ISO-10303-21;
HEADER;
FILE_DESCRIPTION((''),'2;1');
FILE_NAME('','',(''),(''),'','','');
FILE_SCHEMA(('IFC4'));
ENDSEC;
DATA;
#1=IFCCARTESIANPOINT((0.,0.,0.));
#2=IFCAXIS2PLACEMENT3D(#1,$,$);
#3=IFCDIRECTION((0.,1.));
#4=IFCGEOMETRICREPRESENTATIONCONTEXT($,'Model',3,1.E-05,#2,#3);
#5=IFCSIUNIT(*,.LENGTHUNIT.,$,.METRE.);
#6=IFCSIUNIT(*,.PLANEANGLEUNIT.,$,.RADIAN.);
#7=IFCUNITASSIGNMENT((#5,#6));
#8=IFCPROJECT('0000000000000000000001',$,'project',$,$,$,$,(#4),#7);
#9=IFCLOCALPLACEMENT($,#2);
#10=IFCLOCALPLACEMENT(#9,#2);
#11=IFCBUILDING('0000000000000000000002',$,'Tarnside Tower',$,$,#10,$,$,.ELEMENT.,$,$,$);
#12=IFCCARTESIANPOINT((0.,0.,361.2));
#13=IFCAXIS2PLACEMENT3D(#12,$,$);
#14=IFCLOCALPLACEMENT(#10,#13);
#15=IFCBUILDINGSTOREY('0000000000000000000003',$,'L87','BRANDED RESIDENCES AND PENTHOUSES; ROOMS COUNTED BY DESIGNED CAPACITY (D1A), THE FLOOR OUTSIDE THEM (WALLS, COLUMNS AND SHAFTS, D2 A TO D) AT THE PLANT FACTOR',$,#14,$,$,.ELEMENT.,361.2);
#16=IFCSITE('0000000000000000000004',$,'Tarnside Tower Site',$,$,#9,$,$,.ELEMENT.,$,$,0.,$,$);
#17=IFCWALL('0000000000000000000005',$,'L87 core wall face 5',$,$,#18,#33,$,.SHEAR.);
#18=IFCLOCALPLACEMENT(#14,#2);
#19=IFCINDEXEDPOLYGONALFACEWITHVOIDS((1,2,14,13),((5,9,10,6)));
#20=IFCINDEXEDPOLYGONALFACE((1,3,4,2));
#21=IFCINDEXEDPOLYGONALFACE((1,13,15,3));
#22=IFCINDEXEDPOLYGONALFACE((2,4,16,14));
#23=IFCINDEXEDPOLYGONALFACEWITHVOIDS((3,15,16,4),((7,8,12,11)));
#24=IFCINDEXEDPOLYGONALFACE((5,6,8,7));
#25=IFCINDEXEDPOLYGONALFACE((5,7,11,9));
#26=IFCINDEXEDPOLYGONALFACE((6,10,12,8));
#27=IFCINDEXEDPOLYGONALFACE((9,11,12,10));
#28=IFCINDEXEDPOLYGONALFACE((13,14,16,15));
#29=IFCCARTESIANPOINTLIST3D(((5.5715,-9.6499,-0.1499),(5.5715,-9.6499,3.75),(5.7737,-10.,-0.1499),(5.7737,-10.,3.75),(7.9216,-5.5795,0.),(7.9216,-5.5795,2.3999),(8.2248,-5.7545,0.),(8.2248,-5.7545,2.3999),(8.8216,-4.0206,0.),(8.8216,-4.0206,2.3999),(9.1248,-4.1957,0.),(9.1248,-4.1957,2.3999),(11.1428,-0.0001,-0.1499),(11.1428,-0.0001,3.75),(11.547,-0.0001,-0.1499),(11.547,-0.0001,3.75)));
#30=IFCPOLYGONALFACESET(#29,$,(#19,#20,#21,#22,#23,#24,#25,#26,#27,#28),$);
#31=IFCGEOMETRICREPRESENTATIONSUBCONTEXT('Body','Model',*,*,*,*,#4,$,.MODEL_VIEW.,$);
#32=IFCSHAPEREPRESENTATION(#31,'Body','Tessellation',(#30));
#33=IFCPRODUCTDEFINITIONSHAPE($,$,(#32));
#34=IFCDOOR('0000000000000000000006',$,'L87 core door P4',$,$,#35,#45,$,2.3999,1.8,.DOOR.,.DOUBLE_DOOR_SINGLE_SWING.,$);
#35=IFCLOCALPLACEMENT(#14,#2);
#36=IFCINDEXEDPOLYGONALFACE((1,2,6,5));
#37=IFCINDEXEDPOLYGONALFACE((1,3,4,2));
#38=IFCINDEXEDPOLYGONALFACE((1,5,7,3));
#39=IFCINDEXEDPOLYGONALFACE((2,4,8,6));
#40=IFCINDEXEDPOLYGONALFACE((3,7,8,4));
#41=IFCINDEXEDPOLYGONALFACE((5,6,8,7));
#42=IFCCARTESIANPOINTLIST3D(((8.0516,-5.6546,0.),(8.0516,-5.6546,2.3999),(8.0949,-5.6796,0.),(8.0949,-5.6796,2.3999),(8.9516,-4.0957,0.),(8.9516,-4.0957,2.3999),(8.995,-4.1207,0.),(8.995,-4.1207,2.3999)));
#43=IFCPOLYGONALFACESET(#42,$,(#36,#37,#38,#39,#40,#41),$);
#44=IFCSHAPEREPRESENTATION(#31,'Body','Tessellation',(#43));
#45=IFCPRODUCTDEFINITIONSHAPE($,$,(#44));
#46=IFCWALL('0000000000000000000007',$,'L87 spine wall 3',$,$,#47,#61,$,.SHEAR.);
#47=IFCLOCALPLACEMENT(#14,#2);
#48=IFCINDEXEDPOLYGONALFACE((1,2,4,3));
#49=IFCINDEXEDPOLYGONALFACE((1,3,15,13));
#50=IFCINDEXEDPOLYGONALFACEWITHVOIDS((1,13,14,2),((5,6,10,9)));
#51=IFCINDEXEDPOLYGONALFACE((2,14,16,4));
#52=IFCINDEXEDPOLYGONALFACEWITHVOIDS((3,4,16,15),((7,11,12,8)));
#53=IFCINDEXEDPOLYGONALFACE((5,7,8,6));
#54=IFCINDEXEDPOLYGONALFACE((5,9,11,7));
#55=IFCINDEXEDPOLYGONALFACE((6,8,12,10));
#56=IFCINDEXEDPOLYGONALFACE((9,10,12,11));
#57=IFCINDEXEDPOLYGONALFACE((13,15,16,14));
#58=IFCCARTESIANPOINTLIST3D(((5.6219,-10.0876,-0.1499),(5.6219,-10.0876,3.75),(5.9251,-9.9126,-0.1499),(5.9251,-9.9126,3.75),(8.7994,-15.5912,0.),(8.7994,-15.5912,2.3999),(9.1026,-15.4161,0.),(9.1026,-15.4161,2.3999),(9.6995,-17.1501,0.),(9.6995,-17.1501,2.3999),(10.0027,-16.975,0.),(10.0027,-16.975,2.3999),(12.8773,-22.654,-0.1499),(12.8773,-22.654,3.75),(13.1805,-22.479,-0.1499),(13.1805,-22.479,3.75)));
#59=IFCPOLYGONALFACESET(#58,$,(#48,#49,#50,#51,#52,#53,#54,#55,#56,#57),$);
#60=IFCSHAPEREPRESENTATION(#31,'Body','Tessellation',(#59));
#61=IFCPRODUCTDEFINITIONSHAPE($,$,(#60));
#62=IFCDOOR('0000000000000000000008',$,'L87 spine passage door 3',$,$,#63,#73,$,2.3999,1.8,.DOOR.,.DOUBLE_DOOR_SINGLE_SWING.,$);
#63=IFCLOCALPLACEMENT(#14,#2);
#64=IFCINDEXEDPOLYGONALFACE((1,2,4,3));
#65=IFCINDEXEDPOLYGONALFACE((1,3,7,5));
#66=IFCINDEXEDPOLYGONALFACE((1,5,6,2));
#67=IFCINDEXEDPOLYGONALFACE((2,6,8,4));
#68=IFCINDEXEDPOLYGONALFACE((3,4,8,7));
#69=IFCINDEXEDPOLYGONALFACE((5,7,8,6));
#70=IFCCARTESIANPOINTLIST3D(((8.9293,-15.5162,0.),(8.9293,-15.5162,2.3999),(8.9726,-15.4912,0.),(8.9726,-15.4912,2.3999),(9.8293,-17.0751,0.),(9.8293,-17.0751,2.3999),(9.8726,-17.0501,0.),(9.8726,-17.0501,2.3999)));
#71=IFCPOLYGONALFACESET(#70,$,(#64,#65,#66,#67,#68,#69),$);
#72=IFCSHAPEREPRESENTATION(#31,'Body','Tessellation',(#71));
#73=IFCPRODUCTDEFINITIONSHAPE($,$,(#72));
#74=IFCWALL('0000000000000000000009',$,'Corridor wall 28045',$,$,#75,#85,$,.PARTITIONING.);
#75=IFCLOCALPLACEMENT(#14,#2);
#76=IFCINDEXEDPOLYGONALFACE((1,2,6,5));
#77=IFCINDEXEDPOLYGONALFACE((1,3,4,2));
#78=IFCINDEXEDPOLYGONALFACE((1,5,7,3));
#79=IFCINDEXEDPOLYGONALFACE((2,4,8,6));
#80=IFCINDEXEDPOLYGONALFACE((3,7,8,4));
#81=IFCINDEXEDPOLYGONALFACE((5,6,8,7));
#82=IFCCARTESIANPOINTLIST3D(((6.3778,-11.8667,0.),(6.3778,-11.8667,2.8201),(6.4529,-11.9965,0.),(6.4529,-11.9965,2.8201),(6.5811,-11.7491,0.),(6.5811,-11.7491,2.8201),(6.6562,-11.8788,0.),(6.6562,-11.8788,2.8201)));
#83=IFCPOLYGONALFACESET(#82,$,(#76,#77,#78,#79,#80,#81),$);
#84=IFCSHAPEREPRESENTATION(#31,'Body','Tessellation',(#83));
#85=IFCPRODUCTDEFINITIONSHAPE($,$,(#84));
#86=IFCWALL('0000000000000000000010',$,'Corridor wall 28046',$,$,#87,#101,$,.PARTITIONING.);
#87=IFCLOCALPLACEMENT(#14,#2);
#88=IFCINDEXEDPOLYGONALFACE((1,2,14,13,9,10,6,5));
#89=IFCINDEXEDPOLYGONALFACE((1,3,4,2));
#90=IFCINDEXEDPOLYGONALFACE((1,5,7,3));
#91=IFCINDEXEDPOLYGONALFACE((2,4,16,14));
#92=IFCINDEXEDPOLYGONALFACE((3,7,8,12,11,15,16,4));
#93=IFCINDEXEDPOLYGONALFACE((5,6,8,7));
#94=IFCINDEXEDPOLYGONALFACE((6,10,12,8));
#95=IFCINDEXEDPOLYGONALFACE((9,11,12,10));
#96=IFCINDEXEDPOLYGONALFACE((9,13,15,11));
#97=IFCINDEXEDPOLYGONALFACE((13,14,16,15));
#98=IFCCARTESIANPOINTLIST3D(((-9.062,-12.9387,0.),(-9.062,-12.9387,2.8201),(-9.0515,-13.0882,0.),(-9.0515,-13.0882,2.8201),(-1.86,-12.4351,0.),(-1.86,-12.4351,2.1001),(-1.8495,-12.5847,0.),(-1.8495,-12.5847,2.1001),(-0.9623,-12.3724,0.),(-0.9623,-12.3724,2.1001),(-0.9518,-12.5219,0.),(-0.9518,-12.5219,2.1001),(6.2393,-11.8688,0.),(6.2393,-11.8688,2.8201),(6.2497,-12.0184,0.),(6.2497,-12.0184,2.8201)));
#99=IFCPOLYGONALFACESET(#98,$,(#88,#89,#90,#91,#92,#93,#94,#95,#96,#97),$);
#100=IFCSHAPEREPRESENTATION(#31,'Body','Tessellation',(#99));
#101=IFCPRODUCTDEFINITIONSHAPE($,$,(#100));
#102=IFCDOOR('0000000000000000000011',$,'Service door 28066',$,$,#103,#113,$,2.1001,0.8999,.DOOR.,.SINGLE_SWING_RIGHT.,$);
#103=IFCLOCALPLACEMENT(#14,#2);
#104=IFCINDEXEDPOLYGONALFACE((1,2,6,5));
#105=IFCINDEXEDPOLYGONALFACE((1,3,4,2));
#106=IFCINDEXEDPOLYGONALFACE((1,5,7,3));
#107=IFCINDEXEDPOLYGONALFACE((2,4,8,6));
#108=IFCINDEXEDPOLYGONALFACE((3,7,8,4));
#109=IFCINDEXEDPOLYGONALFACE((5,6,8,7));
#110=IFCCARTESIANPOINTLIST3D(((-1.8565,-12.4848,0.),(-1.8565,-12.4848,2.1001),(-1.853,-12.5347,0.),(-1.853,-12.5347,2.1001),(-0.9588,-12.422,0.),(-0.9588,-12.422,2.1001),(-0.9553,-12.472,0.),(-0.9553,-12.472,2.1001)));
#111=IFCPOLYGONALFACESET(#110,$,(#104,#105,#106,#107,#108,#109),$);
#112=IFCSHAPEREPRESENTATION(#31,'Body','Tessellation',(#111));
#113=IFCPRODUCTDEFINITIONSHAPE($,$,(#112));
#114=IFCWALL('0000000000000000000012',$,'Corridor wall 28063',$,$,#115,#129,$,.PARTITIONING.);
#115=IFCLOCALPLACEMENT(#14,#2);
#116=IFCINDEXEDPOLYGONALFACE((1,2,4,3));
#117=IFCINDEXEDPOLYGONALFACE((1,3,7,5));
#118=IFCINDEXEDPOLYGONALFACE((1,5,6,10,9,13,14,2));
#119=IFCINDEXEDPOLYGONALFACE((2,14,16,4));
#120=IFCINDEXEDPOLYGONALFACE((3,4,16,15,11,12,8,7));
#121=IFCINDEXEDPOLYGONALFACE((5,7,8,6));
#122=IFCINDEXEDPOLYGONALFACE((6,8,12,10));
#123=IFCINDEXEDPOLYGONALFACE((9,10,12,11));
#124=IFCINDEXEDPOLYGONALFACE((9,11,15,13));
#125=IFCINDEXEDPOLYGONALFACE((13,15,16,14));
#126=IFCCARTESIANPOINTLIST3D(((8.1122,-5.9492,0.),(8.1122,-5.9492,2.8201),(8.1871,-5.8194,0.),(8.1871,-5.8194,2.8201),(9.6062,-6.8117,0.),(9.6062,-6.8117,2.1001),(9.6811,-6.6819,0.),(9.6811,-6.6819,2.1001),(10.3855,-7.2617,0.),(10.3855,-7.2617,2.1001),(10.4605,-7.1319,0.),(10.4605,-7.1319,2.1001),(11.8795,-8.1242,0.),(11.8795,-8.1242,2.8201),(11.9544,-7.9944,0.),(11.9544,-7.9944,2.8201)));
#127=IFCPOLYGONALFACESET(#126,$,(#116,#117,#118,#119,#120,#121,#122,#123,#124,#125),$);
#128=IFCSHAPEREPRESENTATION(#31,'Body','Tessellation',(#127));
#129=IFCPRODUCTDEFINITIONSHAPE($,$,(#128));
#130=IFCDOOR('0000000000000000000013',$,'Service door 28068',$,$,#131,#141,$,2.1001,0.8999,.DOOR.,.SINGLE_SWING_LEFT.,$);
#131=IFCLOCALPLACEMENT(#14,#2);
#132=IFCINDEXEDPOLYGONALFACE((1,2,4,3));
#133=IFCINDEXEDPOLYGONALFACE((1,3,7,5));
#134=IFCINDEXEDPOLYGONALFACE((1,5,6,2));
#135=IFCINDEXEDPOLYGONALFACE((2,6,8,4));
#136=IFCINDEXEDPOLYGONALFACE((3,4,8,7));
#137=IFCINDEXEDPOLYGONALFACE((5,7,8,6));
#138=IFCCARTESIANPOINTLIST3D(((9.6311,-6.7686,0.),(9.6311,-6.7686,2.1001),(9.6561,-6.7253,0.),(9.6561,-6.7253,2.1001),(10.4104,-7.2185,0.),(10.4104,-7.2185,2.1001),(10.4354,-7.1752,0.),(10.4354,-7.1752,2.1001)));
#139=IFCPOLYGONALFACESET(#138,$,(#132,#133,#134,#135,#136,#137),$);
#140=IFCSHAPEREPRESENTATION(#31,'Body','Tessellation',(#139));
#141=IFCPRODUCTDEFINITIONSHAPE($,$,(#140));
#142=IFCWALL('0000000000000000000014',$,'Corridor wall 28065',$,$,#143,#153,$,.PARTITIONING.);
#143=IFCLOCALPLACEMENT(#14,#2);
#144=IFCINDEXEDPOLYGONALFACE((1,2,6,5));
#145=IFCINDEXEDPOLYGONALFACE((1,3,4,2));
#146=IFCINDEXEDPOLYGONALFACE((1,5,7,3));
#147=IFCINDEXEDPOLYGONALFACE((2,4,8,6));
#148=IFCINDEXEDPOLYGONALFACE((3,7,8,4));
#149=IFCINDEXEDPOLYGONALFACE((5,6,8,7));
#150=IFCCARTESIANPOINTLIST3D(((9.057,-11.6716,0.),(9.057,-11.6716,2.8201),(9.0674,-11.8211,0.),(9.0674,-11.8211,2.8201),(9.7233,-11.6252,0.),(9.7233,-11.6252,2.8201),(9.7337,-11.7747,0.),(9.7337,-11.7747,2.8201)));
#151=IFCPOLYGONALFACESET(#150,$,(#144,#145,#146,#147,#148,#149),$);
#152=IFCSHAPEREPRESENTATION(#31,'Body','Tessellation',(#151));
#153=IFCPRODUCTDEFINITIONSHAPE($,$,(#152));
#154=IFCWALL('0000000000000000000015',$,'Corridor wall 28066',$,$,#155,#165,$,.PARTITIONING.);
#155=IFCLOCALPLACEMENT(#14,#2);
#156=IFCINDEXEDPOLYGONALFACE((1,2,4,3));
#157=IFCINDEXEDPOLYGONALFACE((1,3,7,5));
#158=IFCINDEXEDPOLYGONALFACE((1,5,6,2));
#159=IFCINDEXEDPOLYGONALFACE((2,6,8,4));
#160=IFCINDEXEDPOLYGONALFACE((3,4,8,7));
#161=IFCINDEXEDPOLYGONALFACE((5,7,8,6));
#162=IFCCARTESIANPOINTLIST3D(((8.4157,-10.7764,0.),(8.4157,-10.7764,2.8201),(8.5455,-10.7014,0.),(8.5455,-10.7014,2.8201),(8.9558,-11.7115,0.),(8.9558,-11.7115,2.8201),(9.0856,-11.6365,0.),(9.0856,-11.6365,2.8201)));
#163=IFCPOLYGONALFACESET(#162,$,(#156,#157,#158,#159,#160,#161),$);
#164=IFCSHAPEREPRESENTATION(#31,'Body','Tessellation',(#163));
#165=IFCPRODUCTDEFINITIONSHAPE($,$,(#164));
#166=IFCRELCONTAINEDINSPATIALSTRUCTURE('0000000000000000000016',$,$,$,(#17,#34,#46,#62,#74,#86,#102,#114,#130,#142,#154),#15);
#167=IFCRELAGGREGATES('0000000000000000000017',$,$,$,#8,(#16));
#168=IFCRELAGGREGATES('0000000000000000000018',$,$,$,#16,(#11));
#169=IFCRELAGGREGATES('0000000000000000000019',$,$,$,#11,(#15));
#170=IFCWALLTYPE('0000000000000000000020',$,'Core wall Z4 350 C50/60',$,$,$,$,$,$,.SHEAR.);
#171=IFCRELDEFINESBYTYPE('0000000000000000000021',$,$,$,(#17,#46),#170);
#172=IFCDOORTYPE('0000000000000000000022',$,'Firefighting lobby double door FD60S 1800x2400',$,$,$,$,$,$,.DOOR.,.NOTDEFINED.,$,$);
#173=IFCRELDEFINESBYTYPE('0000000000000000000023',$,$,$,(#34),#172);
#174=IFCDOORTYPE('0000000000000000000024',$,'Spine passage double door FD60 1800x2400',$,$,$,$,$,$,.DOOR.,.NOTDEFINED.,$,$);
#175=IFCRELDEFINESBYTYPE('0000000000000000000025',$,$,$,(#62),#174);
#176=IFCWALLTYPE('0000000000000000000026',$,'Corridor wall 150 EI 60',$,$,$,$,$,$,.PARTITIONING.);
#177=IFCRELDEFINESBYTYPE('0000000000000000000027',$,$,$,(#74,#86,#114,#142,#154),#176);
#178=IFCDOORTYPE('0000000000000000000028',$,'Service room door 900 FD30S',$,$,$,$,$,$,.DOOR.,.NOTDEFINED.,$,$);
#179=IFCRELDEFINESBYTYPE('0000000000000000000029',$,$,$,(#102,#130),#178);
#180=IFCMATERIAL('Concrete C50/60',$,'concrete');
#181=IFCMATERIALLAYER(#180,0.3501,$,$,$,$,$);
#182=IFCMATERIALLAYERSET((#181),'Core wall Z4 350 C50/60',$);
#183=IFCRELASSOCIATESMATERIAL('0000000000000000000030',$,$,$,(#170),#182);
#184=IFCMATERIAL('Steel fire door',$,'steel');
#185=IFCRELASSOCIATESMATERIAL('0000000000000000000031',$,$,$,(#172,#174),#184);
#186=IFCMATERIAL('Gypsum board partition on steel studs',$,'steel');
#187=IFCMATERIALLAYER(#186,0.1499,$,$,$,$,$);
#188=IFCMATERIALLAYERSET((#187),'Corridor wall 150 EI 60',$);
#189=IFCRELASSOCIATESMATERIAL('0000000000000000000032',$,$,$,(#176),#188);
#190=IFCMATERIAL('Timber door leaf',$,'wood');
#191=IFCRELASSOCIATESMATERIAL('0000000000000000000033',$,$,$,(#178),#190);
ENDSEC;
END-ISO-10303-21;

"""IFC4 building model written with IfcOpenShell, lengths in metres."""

from ifc_helpers import new_model, si_unit, direction, frame, frame_2d, origin, place, context, subcontext, project, spatial, polyline, rectangle, outline, extrude, material, layer, layer_set, type_object, element, fill, save


model = new_model("IFC4")

# Units and contexts
model_context = context("Model", 3, precision=1e-05, world=origin(), true_north=direction((0.0, 1.0)))
body_context = subcontext(model_context, "Body", "Model", "MODEL_VIEW")
ifc_project = project(units=[si_unit("LENGTHUNIT", "METRE"), si_unit("PLANEANGLEUNIT", "RADIAN")], contexts=[model_context])

# Site, building, storey
site_placement = place(None, origin())
site = spatial("IfcSite", under=ifc_project, at=site_placement, Name="Tarnside Tower Site", CompositionType="ELEMENT", RefElevation=0.0)
building_placement = place(site_placement, origin())
building = spatial("IfcBuilding", under=site, at=building_placement, Name="Tarnside Tower", CompositionType="ELEMENT")
storey_placement = place(building_placement, frame((0.0, 0.0, 361.2)))
storey = spatial("IfcBuildingStorey", under=building, at=storey_placement, Name="L87", Description="BRANDED RESIDENCES AND PENTHOUSES; ROOMS COUNTED BY DESIGNED CAPACITY (D1A), THE FLOOR OUTSIDE THEM (WALLS, COLUMNS AND SHAFTS, D2 A TO D) AT THE PLANT FACTOR", CompositionType="ELEMENT", Elevation=361.2)

# Shared definitions
ifc_material_1 = material(Name="Steel fire door", Category="steel")

# Walls, openings, doors
ifc_material_2 = material(Name="Concrete C50/60", Category="concrete")
ifc_layer_1 = layer(ifc_material_2, 0.3501)
ifc_layer_set_1 = layer_set([ifc_layer_1], Name="Core wall Z4 350 C50/60")
wall_type_1 = type_object("IfcWallType", Name="Core wall Z4 350 C50/60", PredefinedType="SHEAR", material=ifc_layer_set_1)
wall_1_placement = place(storey_placement, frame((5.6726, -9.825, -0.1499), z_axis=(0.0, 0.0, 1.0), x_axis=(0.499995, 0.866028, 0.0)))
wall_1 = element("IfcWall", 1, at=wall_1_placement, inside=storey, type_object=wall_type_1, Name="L87 core wall face 5", PredefinedType="SHEAR", context=body_context, shape_type="SweptSolid", body=[
    extrude(outline(polyline([(-0.1011, -0.175), (11.4458, -0.175), (11.2437, 0.175), (0.1011, 0.175), (-0.1011, -0.175)])), origin(), (0.0, 0.0, 1.0), 3.8999),
])
opening_1_placement = place(wall_1_placement, frame((4.8013, 0.0, 0.1499)))
opening_1 = element("IfcOpeningElement", 2, at=opening_1_placement, cuts=wall_1, PredefinedType="OPENING", context=body_context, shape_type="SweptSolid", body=[
    extrude(rectangle(XDim=1.8, YDim=2.3999, at=frame_2d((0.8999, 1.2))), frame((0.0, 0.1851, 0.0), z_axis=(0.0, -1.0, 0.0), x_axis=(1.0, 0.0, 0.0)), (0.0, 0.0, 1.0), 0.3701),
])
door_type_1 = type_object("IfcDoorType", Name="Firefighting lobby double door FD60S 1800x2400", OperationType="NOTDEFINED", PredefinedType="DOOR", material=ifc_material_1)
door_1_placement = place(opening_1_placement, origin())
door_1 = element("IfcDoor", 3, at=door_1_placement, inside=storey, type_object=door_type_1, Name="L87 core door P4", OperationType="DOUBLE_DOOR_SINGLE_SWING", OverallHeight=2.3999, OverallWidth=1.8, PredefinedType="DOOR", context=body_context, shape_type="SweptSolid", body=[
    extrude(rectangle(XDim=1.8, YDim=2.3999, at=frame_2d((0.8999, 1.2))), frame((0.0, 0.0249, 0.0), z_axis=(0.0, -1.0, 0.0), x_axis=(1.0, 0.0, 0.0)), (0.0, 0.0, 1.0), 0.05),
])
fill(opening_1, door_1)
wall_2_placement = place(storey_placement, frame((5.7734, -10.0, -0.1499), z_axis=(0.0, 0.0, 1.0), x_axis=(0.500008, -0.866021, 0.0)))
wall_2 = element("IfcWall", 4, at=wall_2_placement, inside=storey, type_object=wall_type_1, Name="L87 spine wall 3", PredefinedType="SHEAR", context=body_context, shape_type="SweptSolid", body=[
    extrude(rectangle(XDim=14.5105, YDim=0.3501, at=frame_2d((7.2554, 0.0))), origin(), (0.0, 0.0, 1.0), 3.8999),
])
opening_2_placement = place(wall_2_placement, frame((6.3552, 0.0, 0.1499)))
opening_2 = element("IfcOpeningElement", 5, at=opening_2_placement, cuts=wall_2, PredefinedType="OPENING", context=body_context, shape_type="SweptSolid", body=[
    extrude(rectangle(XDim=1.8, YDim=2.3999, at=frame_2d((0.8999, 1.2))), frame((0.0, 0.1851, 0.0), z_axis=(0.0, -1.0, 0.0), x_axis=(1.0, 0.0, 0.0)), (0.0, 0.0, 1.0), 0.3701),
])
door_type_2 = type_object("IfcDoorType", Name="Spine passage double door FD60 1800x2400", OperationType="NOTDEFINED", PredefinedType="DOOR", material=ifc_material_1)
door_2_placement = place(opening_2_placement, origin())
door_2 = element("IfcDoor", 6, at=door_2_placement, inside=storey, type_object=door_type_2, Name="L87 spine passage door 3", OperationType="DOUBLE_DOOR_SINGLE_SWING", OverallHeight=2.3999, OverallWidth=1.8, PredefinedType="DOOR", context=body_context, shape_type="SweptSolid", body=[
    extrude(rectangle(XDim=1.8, YDim=2.3999, at=frame_2d((0.8999, 1.2))), frame((0.0, 0.0249, 0.0), z_axis=(0.0, -1.0, 0.0), x_axis=(1.0, 0.0, 0.0)), (0.0, 0.0, 1.0), 0.05),
])
fill(opening_2, door_2)

# Wall
ifc_material_3 = material(Name="Gypsum board partition on steel studs", Category="steel")
ifc_layer_2 = layer(ifc_material_3, 0.1499)
ifc_layer_set_2 = layer_set([ifc_layer_2], Name="Corridor wall 150 EI 60")
wall_type_2 = type_object("IfcWallType", Name="Corridor wall 150 EI 60", PredefinedType="PARTITIONING", material=ifc_layer_set_2)
wall_3_placement = place(storey_placement, frame((6.6187, -11.814, 0.0), z_axis=(0.0, 0.0, 1.0), x_axis=(-0.865545, -0.500831, 0.0)))
element("IfcWall", 7, at=wall_3_placement, inside=storey, type_object=wall_type_2, Name="Corridor wall 28045", PredefinedType="PARTITIONING", context=body_context, shape_type="SweptSolid", body=[
    extrude(rectangle(XDim=0.2349, YDim=0.1499, at=frame_2d((0.1174, 0.0))), origin(), (0.0, 0.0, 1.0), 2.8201),
])

# Walls, openings, doors
wall_4_placement = place(storey_placement, frame((6.2446, -11.9436, 0.0), z_axis=(0.0, 0.0, 1.0), x_axis=(-0.997565, -0.069747, 0.0)))
wall_4 = element("IfcWall", 8, at=wall_4_placement, inside=storey, type_object=wall_type_2, Name="Corridor wall 28046", PredefinedType="PARTITIONING", context=body_context, shape_type="SweptSolid", body=[
    extrude(rectangle(XDim=15.3386, YDim=0.1499, at=frame_2d((7.6694, 0.0))), origin(), (0.0, 0.0, 1.0), 2.8201),
])
opening_3_placement = place(wall_4_placement, frame((7.2192, 0.0, 0.0)))
opening_3 = element("IfcOpeningElement", 9, at=opening_3_placement, cuts=wall_4, PredefinedType="OPENING", context=body_context, shape_type="SweptSolid", body=[
    extrude(rectangle(XDim=0.8999, YDim=2.1001, at=frame_2d((0.45, 1.05))), frame((0.0, 0.085, 0.0), z_axis=(0.0, -1.0, 0.0), x_axis=(1.0, 0.0, 0.0)), (0.0, 0.0, 1.0), 0.1699),
])
ifc_material_4 = material(Name="Timber door leaf", Category="wood")
door_type_3 = type_object("IfcDoorType", Name="Service room door 900 FD30S", OperationType="NOTDEFINED", PredefinedType="DOOR", material=ifc_material_4)
door_3_placement = place(opening_3_placement, origin())
door_3 = element("IfcDoor", 10, at=door_3_placement, inside=storey, type_object=door_type_3, Name="Service door 28066", OperationType="SINGLE_SWING_RIGHT", OverallHeight=2.1001, OverallWidth=0.8999, PredefinedType="DOOR", context=body_context, shape_type="SweptSolid", body=[
    extrude(rectangle(XDim=0.8999, YDim=2.1001, at=frame_2d((0.45, 1.05))), frame((0.0, 0.0249, 0.0), z_axis=(0.0, -1.0, 0.0), x_axis=(1.0, 0.0, 0.0)), (0.0, 0.0, 1.0), 0.05),
])
fill(opening_3, door_3)
wall_5_placement = place(storey_placement, frame((8.1497, -5.8843, 0.0), z_axis=(0.0, 0.0, 1.0), x_axis=(0.866028, -0.499996, 0.0)))
wall_5 = element("IfcWall", 11, at=wall_5_placement, inside=storey, type_object=wall_type_2, Name="Corridor wall 28063", PredefinedType="PARTITIONING", context=body_context, shape_type="SweptSolid", body=[
    extrude(rectangle(XDim=4.3501, YDim=0.1499, at=frame_2d((2.175, 0.0))), origin(), (0.0, 0.0, 1.0), 2.8201),
])
opening_4_placement = place(wall_5_placement, frame((1.7251, 0.0, 0.0)))
opening_4 = element("IfcOpeningElement", 12, at=opening_4_placement, cuts=wall_5, PredefinedType="OPENING", context=body_context, shape_type="SweptSolid", body=[
    extrude(rectangle(XDim=0.8999, YDim=2.1001, at=frame_2d((0.45, 1.05))), frame((0.0, 0.085, 0.0), z_axis=(0.0, -1.0, 0.0), x_axis=(1.0, 0.0, 0.0)), (0.0, 0.0, 1.0), 0.1699),
])
door_4_placement = place(opening_4_placement, origin())
door_4 = element("IfcDoor", 13, at=door_4_placement, inside=storey, type_object=door_type_3, Name="Service door 28068", OperationType="SINGLE_SWING_LEFT", OverallHeight=2.1001, OverallWidth=0.8999, PredefinedType="DOOR", context=body_context, shape_type="SweptSolid", body=[
    extrude(rectangle(XDim=0.8999, YDim=2.1001, at=frame_2d((0.45, 1.05))), frame((0.0, 0.0249, 0.0), z_axis=(0.0, -1.0, 0.0), x_axis=(1.0, 0.0, 0.0)), (0.0, 0.0, 1.0), 0.05),
])
fill(opening_4, door_4)

# Walls
wall_6_placement = place(storey_placement, frame((9.7285, -11.7, 0.0), z_axis=(0.0, 0.0, 1.0), x_axis=(-0.997585, -0.069454, 0.0)))
element("IfcWall", 14, at=wall_6_placement, inside=storey, type_object=wall_type_2, Name="Corridor wall 28065", PredefinedType="PARTITIONING", context=body_context, shape_type="SweptSolid", body=[
    extrude(rectangle(XDim=0.668, YDim=0.1499, at=frame_2d((0.334, 0.0))), origin(), (0.0, 0.0, 1.0), 2.8201),
])
wall_7_placement = place(storey_placement, frame((9.0208, -11.6741, 0.0), z_axis=(0.0, 0.0, 1.0), x_axis=(-0.500127, 0.865952, 0.0)))
element("IfcWall", 15, at=wall_7_placement, inside=storey, type_object=wall_type_2, Name="Corridor wall 28066", PredefinedType="PARTITIONING", context=body_context, shape_type="SweptSolid", body=[
    extrude(rectangle(XDim=1.0798, YDim=0.1499, at=frame_2d((0.54, 0.0))), origin(), (0.0, 0.0, 1.0), 2.8201),
])

save(model, "model.ifc")
